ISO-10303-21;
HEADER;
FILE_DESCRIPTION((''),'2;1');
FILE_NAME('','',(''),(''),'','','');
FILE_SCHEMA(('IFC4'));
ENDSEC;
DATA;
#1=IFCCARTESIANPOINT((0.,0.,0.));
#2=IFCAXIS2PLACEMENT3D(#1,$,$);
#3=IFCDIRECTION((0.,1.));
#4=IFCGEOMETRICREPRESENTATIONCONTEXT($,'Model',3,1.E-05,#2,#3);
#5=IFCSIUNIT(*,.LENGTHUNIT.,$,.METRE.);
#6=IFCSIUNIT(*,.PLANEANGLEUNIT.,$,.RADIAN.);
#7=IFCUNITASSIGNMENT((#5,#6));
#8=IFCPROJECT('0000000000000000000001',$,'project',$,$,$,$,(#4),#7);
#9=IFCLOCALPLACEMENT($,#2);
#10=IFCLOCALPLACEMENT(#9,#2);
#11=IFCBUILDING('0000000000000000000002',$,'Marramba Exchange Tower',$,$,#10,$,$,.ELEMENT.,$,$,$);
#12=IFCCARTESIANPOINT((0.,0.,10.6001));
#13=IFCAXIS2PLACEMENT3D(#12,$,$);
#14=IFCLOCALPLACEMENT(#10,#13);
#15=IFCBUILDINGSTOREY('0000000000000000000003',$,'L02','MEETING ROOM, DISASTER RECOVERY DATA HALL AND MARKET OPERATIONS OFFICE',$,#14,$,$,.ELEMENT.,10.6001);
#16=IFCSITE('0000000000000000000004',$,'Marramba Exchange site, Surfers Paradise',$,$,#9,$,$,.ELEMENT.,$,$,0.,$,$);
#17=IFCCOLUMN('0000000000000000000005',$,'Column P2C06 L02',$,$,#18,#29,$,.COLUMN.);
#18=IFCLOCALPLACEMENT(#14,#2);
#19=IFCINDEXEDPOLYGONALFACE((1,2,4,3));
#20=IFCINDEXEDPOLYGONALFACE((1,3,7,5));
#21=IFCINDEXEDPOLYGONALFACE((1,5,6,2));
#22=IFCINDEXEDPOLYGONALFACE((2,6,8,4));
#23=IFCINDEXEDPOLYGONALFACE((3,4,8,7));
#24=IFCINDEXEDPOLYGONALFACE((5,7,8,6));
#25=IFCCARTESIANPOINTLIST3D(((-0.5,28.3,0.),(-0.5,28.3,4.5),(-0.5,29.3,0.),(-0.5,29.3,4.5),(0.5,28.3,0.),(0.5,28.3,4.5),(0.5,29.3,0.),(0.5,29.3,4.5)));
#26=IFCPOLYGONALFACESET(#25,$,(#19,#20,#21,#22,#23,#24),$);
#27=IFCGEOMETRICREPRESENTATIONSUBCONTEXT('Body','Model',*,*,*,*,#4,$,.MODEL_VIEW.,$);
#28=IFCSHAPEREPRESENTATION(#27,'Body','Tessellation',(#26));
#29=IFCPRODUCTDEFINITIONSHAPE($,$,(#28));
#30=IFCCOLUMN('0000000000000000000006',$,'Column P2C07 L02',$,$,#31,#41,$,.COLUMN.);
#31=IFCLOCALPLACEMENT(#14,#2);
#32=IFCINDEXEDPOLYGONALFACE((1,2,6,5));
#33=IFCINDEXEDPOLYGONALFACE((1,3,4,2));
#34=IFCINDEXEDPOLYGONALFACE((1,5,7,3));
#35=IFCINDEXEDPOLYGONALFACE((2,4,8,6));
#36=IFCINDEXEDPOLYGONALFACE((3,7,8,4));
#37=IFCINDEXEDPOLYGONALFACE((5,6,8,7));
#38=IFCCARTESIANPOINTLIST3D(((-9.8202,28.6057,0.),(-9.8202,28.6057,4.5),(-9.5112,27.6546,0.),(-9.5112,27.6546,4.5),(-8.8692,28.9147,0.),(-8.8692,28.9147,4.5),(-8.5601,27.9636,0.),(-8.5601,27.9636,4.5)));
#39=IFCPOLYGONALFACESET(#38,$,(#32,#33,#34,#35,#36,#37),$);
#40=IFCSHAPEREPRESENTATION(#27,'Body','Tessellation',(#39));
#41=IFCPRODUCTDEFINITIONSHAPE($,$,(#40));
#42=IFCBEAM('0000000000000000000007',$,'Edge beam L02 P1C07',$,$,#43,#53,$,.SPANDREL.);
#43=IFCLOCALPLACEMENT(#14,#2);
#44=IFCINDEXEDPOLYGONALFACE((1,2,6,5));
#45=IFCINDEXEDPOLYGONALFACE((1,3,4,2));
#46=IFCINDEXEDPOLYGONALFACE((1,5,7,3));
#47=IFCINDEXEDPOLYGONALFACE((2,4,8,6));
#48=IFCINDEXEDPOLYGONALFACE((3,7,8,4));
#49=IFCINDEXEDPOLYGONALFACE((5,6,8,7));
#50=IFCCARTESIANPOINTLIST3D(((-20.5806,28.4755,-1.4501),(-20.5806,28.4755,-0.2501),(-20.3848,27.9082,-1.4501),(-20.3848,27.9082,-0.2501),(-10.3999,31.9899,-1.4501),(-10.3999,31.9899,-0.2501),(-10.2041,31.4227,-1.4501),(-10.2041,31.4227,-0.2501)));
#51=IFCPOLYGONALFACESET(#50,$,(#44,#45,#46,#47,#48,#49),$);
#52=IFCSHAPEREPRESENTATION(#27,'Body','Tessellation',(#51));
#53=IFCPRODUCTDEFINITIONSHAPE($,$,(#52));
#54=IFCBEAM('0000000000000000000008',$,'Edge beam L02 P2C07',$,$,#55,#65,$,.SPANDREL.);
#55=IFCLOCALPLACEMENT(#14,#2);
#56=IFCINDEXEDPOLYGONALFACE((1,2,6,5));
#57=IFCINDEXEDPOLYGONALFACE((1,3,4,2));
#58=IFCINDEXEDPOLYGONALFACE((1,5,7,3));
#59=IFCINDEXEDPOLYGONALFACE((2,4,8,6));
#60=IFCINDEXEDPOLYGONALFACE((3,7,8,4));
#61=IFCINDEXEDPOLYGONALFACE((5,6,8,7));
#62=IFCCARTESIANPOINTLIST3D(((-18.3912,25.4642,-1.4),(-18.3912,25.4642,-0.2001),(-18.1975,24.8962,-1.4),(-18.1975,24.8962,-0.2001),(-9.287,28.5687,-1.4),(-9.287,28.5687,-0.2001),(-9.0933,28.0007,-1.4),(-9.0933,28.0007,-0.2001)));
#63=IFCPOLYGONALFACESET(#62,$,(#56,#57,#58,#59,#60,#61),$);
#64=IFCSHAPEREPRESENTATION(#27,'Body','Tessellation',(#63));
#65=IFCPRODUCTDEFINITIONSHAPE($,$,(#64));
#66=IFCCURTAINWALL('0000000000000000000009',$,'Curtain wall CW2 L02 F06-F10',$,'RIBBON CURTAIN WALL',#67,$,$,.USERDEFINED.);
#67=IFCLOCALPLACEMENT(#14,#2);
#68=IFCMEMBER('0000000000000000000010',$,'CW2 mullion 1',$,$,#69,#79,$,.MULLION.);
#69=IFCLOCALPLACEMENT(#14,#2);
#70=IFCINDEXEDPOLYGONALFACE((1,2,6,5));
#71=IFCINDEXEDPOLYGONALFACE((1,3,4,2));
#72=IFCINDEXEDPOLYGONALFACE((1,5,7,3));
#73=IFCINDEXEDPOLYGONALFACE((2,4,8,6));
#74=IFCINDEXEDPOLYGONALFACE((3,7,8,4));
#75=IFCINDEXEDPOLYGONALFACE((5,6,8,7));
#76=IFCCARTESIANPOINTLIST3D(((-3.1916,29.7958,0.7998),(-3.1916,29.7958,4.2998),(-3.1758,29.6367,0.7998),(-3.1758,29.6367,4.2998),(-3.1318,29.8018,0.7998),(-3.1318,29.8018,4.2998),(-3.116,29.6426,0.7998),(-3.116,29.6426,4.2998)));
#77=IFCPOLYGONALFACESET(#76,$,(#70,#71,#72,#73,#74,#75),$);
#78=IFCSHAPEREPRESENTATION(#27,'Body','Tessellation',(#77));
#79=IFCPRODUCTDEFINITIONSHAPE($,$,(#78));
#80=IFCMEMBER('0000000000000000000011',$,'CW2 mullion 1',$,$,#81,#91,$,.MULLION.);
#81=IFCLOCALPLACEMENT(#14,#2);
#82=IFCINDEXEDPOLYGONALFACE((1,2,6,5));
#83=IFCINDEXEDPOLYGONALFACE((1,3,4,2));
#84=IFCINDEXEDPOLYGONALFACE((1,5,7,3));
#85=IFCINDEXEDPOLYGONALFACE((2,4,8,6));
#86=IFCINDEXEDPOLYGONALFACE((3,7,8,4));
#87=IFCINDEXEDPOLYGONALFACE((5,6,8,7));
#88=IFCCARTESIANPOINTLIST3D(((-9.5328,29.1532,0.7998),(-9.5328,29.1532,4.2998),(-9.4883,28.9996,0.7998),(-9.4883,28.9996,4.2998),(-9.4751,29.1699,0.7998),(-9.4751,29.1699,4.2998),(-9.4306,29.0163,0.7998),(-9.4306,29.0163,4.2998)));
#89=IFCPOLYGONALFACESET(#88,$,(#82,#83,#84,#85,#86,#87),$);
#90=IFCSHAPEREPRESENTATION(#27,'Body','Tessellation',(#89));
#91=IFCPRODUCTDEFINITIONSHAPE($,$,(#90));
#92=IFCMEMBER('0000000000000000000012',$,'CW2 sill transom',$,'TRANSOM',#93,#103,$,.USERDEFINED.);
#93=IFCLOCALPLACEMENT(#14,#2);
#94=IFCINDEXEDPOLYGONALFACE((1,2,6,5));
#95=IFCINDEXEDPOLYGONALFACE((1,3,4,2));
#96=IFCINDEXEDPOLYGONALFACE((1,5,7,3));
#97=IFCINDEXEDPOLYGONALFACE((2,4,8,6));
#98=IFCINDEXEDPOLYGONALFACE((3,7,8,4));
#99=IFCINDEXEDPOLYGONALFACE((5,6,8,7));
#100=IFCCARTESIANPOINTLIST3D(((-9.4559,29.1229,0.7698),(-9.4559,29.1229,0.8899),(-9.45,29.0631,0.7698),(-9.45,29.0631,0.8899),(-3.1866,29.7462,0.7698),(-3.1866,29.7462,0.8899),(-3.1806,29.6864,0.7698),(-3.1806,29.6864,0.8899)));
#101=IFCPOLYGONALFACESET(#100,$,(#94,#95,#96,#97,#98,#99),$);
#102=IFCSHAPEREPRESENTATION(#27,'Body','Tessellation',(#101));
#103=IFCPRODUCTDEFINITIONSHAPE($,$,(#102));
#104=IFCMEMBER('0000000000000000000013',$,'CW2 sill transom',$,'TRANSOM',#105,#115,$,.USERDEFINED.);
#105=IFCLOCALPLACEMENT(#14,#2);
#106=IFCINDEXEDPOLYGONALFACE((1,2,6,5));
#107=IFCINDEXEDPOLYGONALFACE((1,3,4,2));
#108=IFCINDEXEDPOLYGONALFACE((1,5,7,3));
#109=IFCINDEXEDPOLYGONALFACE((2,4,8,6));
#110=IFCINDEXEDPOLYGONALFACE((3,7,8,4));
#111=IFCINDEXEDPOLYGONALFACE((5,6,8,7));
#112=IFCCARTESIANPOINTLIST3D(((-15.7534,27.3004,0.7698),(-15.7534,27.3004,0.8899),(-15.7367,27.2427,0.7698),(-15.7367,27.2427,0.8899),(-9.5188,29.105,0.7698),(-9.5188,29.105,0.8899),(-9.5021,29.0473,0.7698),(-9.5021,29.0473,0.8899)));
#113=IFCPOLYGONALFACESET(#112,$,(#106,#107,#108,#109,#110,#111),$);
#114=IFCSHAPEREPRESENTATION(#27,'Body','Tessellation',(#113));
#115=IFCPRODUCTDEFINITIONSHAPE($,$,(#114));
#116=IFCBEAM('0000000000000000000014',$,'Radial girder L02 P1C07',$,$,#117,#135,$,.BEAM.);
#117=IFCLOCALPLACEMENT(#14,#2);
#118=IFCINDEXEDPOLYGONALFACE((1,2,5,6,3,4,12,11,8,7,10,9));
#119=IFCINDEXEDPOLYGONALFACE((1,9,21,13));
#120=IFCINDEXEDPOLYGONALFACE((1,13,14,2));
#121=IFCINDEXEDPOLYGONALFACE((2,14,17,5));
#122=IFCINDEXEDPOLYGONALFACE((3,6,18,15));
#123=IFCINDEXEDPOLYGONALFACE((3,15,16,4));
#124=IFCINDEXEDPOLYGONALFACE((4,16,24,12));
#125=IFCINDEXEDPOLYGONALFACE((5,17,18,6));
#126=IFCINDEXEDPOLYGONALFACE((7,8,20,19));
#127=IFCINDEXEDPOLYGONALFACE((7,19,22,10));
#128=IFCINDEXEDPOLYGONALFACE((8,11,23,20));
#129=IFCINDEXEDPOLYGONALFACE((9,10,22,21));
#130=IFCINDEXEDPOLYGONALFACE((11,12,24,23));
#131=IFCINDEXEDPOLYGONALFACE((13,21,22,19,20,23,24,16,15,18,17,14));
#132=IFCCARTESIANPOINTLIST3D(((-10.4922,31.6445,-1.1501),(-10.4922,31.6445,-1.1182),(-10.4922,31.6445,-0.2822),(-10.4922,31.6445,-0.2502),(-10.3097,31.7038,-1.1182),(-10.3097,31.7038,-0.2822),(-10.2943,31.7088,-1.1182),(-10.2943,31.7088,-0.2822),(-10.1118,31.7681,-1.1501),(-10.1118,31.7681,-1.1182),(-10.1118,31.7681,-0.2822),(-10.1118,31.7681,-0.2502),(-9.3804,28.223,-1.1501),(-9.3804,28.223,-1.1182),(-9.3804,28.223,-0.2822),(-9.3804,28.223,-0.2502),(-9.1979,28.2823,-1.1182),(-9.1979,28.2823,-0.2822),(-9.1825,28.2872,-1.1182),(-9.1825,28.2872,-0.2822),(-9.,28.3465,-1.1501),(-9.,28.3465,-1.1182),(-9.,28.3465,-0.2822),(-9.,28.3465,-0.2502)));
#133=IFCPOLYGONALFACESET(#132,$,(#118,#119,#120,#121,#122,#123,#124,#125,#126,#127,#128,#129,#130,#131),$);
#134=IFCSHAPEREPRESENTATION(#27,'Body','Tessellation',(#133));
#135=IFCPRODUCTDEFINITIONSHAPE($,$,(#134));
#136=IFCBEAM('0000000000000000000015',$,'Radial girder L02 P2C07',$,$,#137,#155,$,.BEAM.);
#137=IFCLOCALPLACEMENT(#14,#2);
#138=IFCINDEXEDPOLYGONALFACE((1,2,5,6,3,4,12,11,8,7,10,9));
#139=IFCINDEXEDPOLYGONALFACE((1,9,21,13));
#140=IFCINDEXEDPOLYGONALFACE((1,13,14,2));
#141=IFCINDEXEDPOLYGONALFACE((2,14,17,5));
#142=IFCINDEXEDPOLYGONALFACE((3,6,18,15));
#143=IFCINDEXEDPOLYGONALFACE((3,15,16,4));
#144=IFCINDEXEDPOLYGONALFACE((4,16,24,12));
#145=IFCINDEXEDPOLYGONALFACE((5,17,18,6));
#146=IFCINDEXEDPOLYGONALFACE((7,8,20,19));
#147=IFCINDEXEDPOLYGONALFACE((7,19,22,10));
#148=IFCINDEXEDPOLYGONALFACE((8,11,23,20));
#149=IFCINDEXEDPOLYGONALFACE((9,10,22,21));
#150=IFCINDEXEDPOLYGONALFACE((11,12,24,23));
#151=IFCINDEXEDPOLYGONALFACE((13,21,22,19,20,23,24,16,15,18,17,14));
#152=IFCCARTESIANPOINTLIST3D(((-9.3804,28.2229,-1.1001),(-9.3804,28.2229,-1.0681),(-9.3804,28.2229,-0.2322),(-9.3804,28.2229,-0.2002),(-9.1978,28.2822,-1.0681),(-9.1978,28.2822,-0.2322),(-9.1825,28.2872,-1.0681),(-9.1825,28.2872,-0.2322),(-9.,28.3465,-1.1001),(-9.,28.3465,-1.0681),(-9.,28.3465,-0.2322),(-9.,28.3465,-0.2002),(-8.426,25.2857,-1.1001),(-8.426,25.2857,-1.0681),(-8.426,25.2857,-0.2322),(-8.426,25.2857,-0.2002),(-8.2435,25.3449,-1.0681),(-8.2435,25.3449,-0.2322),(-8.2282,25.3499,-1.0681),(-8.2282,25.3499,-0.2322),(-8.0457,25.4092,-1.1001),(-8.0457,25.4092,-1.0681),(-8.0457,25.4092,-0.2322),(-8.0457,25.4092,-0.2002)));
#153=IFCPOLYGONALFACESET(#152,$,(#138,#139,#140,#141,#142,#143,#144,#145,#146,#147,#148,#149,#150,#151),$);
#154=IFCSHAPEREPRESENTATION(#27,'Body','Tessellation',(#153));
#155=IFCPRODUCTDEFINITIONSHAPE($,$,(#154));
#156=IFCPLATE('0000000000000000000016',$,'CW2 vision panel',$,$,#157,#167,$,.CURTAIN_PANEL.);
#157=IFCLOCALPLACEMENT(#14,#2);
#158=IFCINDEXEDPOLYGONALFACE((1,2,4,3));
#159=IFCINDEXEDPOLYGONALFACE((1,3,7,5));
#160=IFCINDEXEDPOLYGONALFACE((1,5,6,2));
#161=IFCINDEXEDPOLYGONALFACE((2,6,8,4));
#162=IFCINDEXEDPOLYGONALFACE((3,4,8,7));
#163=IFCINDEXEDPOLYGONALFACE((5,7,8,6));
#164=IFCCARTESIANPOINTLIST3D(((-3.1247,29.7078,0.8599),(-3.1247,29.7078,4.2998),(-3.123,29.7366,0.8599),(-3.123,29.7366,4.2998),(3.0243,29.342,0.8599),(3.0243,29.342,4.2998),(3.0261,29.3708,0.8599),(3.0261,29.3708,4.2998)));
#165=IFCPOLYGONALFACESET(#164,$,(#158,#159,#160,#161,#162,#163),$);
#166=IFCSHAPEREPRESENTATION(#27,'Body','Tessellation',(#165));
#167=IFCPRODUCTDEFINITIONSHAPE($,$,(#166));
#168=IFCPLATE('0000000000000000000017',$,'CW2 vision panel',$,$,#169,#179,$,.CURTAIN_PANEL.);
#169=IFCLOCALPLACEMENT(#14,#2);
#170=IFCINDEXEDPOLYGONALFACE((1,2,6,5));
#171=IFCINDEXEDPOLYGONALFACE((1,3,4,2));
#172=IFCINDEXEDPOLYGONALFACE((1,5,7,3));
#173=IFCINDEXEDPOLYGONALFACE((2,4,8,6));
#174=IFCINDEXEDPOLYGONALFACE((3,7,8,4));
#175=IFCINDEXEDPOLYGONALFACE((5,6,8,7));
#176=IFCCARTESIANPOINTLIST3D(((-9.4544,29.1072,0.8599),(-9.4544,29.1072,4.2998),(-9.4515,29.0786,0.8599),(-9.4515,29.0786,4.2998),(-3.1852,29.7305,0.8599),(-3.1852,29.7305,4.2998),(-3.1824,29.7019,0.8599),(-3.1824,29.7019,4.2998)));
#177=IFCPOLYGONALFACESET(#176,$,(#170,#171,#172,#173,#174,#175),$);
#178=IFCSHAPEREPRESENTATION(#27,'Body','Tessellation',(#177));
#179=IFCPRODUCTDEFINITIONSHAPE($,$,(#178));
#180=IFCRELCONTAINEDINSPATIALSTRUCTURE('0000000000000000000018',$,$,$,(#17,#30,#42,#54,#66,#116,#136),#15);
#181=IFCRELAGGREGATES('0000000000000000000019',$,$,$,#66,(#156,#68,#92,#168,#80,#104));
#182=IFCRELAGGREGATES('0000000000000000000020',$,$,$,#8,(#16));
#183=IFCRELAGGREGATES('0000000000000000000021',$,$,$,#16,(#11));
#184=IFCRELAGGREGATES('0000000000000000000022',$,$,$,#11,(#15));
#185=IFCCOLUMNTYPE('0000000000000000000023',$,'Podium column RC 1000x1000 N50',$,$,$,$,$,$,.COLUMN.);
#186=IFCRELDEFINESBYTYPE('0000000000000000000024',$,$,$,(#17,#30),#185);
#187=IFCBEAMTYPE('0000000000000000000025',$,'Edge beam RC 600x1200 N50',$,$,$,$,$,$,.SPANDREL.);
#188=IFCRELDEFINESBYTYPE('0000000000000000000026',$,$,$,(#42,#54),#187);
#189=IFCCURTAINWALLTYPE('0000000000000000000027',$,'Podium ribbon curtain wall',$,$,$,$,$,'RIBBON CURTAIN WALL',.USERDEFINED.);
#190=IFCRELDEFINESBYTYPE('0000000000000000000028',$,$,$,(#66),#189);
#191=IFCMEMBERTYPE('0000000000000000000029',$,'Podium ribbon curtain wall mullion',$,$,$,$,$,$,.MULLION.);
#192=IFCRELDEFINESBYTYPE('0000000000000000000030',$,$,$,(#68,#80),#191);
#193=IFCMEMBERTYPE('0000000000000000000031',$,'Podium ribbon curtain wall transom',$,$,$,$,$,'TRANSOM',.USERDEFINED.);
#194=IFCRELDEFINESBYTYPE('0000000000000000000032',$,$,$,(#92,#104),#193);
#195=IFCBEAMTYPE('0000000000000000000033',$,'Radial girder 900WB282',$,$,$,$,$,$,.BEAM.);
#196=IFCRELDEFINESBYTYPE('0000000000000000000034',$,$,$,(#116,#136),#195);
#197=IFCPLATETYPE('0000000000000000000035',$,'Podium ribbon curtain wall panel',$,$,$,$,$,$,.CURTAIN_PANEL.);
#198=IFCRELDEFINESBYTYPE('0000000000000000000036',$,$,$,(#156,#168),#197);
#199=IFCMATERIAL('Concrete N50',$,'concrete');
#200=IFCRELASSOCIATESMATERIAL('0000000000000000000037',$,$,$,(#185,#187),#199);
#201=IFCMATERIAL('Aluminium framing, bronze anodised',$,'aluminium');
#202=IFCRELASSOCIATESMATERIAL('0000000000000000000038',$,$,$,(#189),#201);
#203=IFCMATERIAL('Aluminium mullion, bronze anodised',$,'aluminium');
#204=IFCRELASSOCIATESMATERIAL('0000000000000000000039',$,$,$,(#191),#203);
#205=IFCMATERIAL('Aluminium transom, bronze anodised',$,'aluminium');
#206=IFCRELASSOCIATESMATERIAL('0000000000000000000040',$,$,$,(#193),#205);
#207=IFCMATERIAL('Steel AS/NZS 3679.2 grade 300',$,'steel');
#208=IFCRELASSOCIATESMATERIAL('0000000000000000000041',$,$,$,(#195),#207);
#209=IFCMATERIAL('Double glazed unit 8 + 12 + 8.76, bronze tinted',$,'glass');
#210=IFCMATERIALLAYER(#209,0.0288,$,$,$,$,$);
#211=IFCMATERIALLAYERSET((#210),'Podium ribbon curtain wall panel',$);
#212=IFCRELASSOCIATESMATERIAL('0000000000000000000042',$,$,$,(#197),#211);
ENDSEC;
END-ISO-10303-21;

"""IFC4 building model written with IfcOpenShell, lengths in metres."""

from ifc_helpers import new_model, si_unit, direction, frame, origin, origin_2d, place, context, subcontext, project, spatial, rectangle, i_section, extrude, material, layer, layer_set, material_profile, profile_set, type_object, element, aggregate, save


model = new_model("IFC4")

# Units and contexts
model_context = context("Model", 3, precision=1e-05, world=origin(), true_north=direction((0.0, 1.0)))
body_context = subcontext(model_context, "Body", "Model", "MODEL_VIEW")
ifc_project = project(units=[si_unit("LENGTHUNIT", "METRE"), si_unit("PLANEANGLEUNIT", "RADIAN")], contexts=[model_context])

# Site, building, storey
site_placement = place(None, origin())
site = spatial("IfcSite", under=ifc_project, at=site_placement, Name="Marramba Exchange site, Surfers Paradise", CompositionType="ELEMENT", RefElevation=0.0)
building_placement = place(site_placement, origin())
building = spatial("IfcBuilding", under=site, at=building_placement, Name="Marramba Exchange Tower", CompositionType="ELEMENT")
storey_placement = place(building_placement, frame((0.0, 0.0, 10.6001)))
storey = spatial("IfcBuildingStorey", under=building, at=storey_placement, Name="L02", Description="MEETING ROOM, DISASTER RECOVERY DATA HALL AND MARKET OPERATIONS OFFICE", CompositionType="ELEMENT", Elevation=10.6001)

# Columns
ifc_material_1 = material(Name="Concrete N50", Category="concrete")
ifc_material_profile_1 = material_profile(ifc_material_1, rectangle(XDim=1.0, YDim=1.0, at=origin_2d()), Name="RC 1000x1000")
ifc_profile_set_1 = profile_set([ifc_material_profile_1], Name="Concrete N50")
column_type = type_object("IfcColumnType", Name="Podium column RC 1000x1000 N50", PredefinedType="COLUMN", material=ifc_profile_set_1)
for number, where, z_axis, x_axis, name in (
    (1, (0.0, 28.8, 0.0), (0.0, 0.0, 1.0), (0.0, 1.0, 0.0), "Column P2C06 L02"),
    (2, (-9.1902, 28.2847, 0.0), (0.0, 0.0, 1.0), (-0.309017, 0.951057, 0.0), "Column P2C07 L02"),
):
    element("IfcColumn", number, at=place(storey_placement, frame(where, z_axis=z_axis, x_axis=x_axis)), inside=storey, type_object=column_type, Name=name, PredefinedType="COLUMN", context=body_context, shape_type="SweptSolid", body=[
        extrude(rectangle(XDim=1.0, YDim=1.0, at=origin_2d()), origin(), (0.0, 0.0, 1.0), 4.5),
    ])

# Beams
ifc_material_profile_2 = material_profile(ifc_material_1, rectangle(XDim=0.6001, YDim=1.2, at=origin_2d()), Name="RC 600x1200")
ifc_profile_set_2 = profile_set([ifc_material_profile_2], Name="Concrete N50")
beam_type_1 = type_object("IfcBeamType", Name="Edge beam RC 600x1200 N50", PredefinedType="SPANDREL", material=ifc_profile_set_2)
beam_1_placement = place(storey_placement, frame((-10.302, 31.7063, -0.8501), z_axis=(-0.945263, -0.326309, 0.0), x_axis=(0.326309, -0.945263, 0.0)))
element("IfcBeam", 3, at=beam_1_placement, inside=storey, type_object=beam_type_1, Name="Edge beam L02 P1C07", PredefinedType="SPANDREL", context=body_context, shape_type="SweptSolid", body=[
    extrude(rectangle(XDim=0.6001, YDim=1.2, at=origin_2d()), origin(), (0.0, 0.0, 1.0), 10.7703),
])
beam_2_placement = place(storey_placement, frame((-9.1902, 28.2847, -0.8), z_axis=(-0.946486, -0.322746, 0.0), x_axis=(0.322746, -0.946486, 0.0)))
element("IfcBeam", 4, at=beam_2_placement, inside=storey, type_object=beam_type_1, Name="Edge beam L02 P2C07", PredefinedType="SPANDREL", context=body_context, shape_type="SweptSolid", body=[
    extrude(rectangle(XDim=0.6001, YDim=1.2, at=origin_2d()), origin(), (0.0, 0.0, 1.0), 9.6189),
])

# Curtain wall, members
ifc_material_2 = material(Name="Aluminium framing, bronze anodised", Category="aluminium")
curtain_wall_type = type_object("IfcCurtainWallType", Name="Podium ribbon curtain wall", ElementType="RIBBON CURTAIN WALL", PredefinedType="USERDEFINED", material=ifc_material_2)
curtain_wall_placement = place(storey_placement, origin())
curtain_wall = element("IfcCurtainWall", 5, at=curtain_wall_placement, inside=storey, type_object=curtain_wall_type, Name="Curtain wall CW2 L02 F06-F10", ObjectType="RIBBON CURTAIN WALL", PredefinedType="USERDEFINED")
ifc_material_3 = material(Name="Aluminium mullion, bronze anodised", Category="aluminium")
ifc_material_profile_3 = material_profile(ifc_material_3, rectangle(XDim=0.1599, YDim=0.0601, at=origin_2d()), Name="CW2 mullion 60x160")
ifc_profile_set_3 = profile_set([ifc_material_profile_3], Name="Aluminium mullion, bronze anodised")
member_type_1 = type_object("IfcMemberType", Name="Podium ribbon curtain wall mullion", PredefinedType="MULLION", material=ifc_profile_set_3)
member_1_placement = place(storey_placement, frame((-3.1538, 29.7192, 0.7998), z_axis=(0.0, 0.0, 1.0), x_axis=(0.098937, -0.995094, 0.0)))
member_1 = element("IfcMember", 6, at=member_1_placement, type_object=member_type_1, Name="CW2 mullion 1", PredefinedType="MULLION", context=body_context, shape_type="SweptSolid", body=[
    extrude(rectangle(XDim=0.1599, YDim=0.0601, at=origin_2d()), origin(), (0.0, 0.0, 1.0), 3.5),
])
member_2_placement = place(storey_placement, frame((-9.4817, 29.0847, 0.7998), z_axis=(0.0, 0.0, 1.0), x_axis=(0.278075, -0.960559, 0.0)))
member_2 = element("IfcMember", 7, at=member_2_placement, type_object=member_type_1, Name="CW2 mullion 1", PredefinedType="MULLION", context=body_context, shape_type="SweptSolid", body=[
    extrude(rectangle(XDim=0.1599, YDim=0.0601, at=origin_2d()), origin(), (0.0, 0.0, 1.0), 3.5),
])
ifc_material_4 = material(Name="Aluminium transom, bronze anodised", Category="aluminium")
ifc_material_profile_4 = material_profile(ifc_material_4, rectangle(XDim=0.0601, YDim=0.1201, at=origin_2d()), Name="CW2 transom 60x120")
ifc_profile_set_4 = profile_set([ifc_material_profile_4], Name="Aluminium transom, bronze anodised")
member_type_2 = type_object("IfcMemberType", Name="Podium ribbon curtain wall transom", ElementType="TRANSOM", PredefinedType="USERDEFINED", material=ifc_profile_set_4)
member_3_placement = place(storey_placement, frame((-3.1836, 29.7163, 0.8298), z_axis=(-0.995094, -0.098932, 0.0), x_axis=(0.098932, -0.995094, 0.0)))
member_3 = element("IfcMember", 8, at=member_3_placement, type_object=member_type_2, Name="CW2 sill transom", ObjectType="TRANSOM", PredefinedType="USERDEFINED", context=body_context, shape_type="SweptSolid", body=[
    extrude(rectangle(XDim=0.0601, YDim=0.1201, at=origin_2d()), origin(), (0.0, 0.0, 1.0), 6.3003),
])
member_4_placement = place(storey_placement, frame((-9.5105, 29.0762, 0.8298), z_axis=(-0.960567, -0.278048, 0.0), x_axis=(0.278048, -0.960567, 0.0)))
member_4 = element("IfcMember", 9, at=member_4_placement, type_object=member_type_2, Name="CW2 sill transom", ObjectType="TRANSOM", PredefinedType="USERDEFINED", context=body_context, shape_type="SweptSolid", body=[
    extrude(rectangle(XDim=0.0601, YDim=0.1201, at=origin_2d()), origin(), (0.0, 0.0, 1.0), 6.4905),
])

# Beams
ifc_material_5 = material(Name="Steel AS/NZS 3679.2 grade 300", Category="steel")
ifc_material_profile_5 = material_profile(ifc_material_5, i_section(OverallWidth=0.3999, OverallDepth=0.8999, WebThickness=0.0161, FlangeThickness=0.032, at=origin_2d()), Name="900WB282")
ifc_profile_set_5 = profile_set([ifc_material_profile_5], Name="Steel AS/NZS 3679.2 grade 300")
beam_type_2 = type_object("IfcBeamType", Name="Radial girder 900WB282", PredefinedType="BEAM", material=ifc_profile_set_5)
beam_3_placement = place(storey_placement, frame((-10.302, 31.7063, -0.7002), z_axis=(0.309032, -0.951052, 0.0), x_axis=(0.951052, 0.309032, 0.0)))
element("IfcBeam", 10, at=beam_3_placement, inside=storey, type_object=beam_type_2, Name="Radial girder L02 P1C07", PredefinedType="BEAM", context=body_context, shape_type="SweptSolid", body=[
    extrude(i_section(OverallWidth=0.3999, OverallDepth=0.8999, WebThickness=0.0161, FlangeThickness=0.032, at=origin_2d()), origin(), (0.0, 0.0, 1.0), 3.5977),
])
beam_4_placement = place(storey_placement, frame((-9.1902, 28.2847, -0.6501), z_axis=(0.309009, -0.951059, 0.0), x_axis=(0.951059, 0.309009, 0.0)))
element("IfcBeam", 11, at=beam_4_placement, inside=storey, type_object=beam_type_2, Name="Radial girder L02 P2C07", PredefinedType="BEAM", context=body_context, shape_type="SweptSolid", body=[
    extrude(i_section(OverallWidth=0.3999, OverallDepth=0.8999, WebThickness=0.0161, FlangeThickness=0.032, at=origin_2d()), origin(), (0.0, 0.0, 1.0), 3.0884),
])

# Plates
ifc_material_6 = material(Name="Double glazed unit 8 + 12 + 8.76, bronze tinted", Category="glass")
ifc_layer_1 = layer(ifc_material_6, 0.0288)
ifc_layer_set_1 = layer_set([ifc_layer_1], Name="Podium ribbon curtain wall panel")
plate_type = type_object("IfcPlateType", Name="Podium ribbon curtain wall panel", PredefinedType="CURTAIN_PANEL", material=ifc_layer_set_1)
plate_1_placement = place(storey_placement, frame((-0.0493, 29.5393, 0.8599), z_axis=(0.0, 0.0, 1.0), x_axis=(-0.998235, 0.05939, 0.0)))
plate_1 = element("IfcPlate", 12, at=plate_1_placement, type_object=plate_type, Name="CW2 vision panel", PredefinedType="CURTAIN_PANEL", context=body_context, shape_type="SweptSolid", body=[
    extrude(rectangle(XDim=6.1599, YDim=0.0288, at=origin_2d()), origin(), (0.0, 0.0, 1.0), 3.4399),
])
plate_2_placement = place(storey_placement, frame((-6.3184, 29.4045, 0.8599), z_axis=(0.0, 0.0, 1.0), x_axis=(-0.995094, -0.098937, 0.0)))
plate_2 = element("IfcPlate", 13, at=plate_2_placement, type_object=plate_type, Name="CW2 vision panel", PredefinedType="CURTAIN_PANEL", context=body_context, shape_type="SweptSolid", body=[
    extrude(rectangle(XDim=6.3, YDim=0.0288, at=origin_2d()), origin(), (0.0, 0.0, 1.0), 3.4399),
])
aggregate(curtain_wall, [plate_1, member_1, member_3, plate_2, member_2, member_4])

save(model, "model.ifc")
